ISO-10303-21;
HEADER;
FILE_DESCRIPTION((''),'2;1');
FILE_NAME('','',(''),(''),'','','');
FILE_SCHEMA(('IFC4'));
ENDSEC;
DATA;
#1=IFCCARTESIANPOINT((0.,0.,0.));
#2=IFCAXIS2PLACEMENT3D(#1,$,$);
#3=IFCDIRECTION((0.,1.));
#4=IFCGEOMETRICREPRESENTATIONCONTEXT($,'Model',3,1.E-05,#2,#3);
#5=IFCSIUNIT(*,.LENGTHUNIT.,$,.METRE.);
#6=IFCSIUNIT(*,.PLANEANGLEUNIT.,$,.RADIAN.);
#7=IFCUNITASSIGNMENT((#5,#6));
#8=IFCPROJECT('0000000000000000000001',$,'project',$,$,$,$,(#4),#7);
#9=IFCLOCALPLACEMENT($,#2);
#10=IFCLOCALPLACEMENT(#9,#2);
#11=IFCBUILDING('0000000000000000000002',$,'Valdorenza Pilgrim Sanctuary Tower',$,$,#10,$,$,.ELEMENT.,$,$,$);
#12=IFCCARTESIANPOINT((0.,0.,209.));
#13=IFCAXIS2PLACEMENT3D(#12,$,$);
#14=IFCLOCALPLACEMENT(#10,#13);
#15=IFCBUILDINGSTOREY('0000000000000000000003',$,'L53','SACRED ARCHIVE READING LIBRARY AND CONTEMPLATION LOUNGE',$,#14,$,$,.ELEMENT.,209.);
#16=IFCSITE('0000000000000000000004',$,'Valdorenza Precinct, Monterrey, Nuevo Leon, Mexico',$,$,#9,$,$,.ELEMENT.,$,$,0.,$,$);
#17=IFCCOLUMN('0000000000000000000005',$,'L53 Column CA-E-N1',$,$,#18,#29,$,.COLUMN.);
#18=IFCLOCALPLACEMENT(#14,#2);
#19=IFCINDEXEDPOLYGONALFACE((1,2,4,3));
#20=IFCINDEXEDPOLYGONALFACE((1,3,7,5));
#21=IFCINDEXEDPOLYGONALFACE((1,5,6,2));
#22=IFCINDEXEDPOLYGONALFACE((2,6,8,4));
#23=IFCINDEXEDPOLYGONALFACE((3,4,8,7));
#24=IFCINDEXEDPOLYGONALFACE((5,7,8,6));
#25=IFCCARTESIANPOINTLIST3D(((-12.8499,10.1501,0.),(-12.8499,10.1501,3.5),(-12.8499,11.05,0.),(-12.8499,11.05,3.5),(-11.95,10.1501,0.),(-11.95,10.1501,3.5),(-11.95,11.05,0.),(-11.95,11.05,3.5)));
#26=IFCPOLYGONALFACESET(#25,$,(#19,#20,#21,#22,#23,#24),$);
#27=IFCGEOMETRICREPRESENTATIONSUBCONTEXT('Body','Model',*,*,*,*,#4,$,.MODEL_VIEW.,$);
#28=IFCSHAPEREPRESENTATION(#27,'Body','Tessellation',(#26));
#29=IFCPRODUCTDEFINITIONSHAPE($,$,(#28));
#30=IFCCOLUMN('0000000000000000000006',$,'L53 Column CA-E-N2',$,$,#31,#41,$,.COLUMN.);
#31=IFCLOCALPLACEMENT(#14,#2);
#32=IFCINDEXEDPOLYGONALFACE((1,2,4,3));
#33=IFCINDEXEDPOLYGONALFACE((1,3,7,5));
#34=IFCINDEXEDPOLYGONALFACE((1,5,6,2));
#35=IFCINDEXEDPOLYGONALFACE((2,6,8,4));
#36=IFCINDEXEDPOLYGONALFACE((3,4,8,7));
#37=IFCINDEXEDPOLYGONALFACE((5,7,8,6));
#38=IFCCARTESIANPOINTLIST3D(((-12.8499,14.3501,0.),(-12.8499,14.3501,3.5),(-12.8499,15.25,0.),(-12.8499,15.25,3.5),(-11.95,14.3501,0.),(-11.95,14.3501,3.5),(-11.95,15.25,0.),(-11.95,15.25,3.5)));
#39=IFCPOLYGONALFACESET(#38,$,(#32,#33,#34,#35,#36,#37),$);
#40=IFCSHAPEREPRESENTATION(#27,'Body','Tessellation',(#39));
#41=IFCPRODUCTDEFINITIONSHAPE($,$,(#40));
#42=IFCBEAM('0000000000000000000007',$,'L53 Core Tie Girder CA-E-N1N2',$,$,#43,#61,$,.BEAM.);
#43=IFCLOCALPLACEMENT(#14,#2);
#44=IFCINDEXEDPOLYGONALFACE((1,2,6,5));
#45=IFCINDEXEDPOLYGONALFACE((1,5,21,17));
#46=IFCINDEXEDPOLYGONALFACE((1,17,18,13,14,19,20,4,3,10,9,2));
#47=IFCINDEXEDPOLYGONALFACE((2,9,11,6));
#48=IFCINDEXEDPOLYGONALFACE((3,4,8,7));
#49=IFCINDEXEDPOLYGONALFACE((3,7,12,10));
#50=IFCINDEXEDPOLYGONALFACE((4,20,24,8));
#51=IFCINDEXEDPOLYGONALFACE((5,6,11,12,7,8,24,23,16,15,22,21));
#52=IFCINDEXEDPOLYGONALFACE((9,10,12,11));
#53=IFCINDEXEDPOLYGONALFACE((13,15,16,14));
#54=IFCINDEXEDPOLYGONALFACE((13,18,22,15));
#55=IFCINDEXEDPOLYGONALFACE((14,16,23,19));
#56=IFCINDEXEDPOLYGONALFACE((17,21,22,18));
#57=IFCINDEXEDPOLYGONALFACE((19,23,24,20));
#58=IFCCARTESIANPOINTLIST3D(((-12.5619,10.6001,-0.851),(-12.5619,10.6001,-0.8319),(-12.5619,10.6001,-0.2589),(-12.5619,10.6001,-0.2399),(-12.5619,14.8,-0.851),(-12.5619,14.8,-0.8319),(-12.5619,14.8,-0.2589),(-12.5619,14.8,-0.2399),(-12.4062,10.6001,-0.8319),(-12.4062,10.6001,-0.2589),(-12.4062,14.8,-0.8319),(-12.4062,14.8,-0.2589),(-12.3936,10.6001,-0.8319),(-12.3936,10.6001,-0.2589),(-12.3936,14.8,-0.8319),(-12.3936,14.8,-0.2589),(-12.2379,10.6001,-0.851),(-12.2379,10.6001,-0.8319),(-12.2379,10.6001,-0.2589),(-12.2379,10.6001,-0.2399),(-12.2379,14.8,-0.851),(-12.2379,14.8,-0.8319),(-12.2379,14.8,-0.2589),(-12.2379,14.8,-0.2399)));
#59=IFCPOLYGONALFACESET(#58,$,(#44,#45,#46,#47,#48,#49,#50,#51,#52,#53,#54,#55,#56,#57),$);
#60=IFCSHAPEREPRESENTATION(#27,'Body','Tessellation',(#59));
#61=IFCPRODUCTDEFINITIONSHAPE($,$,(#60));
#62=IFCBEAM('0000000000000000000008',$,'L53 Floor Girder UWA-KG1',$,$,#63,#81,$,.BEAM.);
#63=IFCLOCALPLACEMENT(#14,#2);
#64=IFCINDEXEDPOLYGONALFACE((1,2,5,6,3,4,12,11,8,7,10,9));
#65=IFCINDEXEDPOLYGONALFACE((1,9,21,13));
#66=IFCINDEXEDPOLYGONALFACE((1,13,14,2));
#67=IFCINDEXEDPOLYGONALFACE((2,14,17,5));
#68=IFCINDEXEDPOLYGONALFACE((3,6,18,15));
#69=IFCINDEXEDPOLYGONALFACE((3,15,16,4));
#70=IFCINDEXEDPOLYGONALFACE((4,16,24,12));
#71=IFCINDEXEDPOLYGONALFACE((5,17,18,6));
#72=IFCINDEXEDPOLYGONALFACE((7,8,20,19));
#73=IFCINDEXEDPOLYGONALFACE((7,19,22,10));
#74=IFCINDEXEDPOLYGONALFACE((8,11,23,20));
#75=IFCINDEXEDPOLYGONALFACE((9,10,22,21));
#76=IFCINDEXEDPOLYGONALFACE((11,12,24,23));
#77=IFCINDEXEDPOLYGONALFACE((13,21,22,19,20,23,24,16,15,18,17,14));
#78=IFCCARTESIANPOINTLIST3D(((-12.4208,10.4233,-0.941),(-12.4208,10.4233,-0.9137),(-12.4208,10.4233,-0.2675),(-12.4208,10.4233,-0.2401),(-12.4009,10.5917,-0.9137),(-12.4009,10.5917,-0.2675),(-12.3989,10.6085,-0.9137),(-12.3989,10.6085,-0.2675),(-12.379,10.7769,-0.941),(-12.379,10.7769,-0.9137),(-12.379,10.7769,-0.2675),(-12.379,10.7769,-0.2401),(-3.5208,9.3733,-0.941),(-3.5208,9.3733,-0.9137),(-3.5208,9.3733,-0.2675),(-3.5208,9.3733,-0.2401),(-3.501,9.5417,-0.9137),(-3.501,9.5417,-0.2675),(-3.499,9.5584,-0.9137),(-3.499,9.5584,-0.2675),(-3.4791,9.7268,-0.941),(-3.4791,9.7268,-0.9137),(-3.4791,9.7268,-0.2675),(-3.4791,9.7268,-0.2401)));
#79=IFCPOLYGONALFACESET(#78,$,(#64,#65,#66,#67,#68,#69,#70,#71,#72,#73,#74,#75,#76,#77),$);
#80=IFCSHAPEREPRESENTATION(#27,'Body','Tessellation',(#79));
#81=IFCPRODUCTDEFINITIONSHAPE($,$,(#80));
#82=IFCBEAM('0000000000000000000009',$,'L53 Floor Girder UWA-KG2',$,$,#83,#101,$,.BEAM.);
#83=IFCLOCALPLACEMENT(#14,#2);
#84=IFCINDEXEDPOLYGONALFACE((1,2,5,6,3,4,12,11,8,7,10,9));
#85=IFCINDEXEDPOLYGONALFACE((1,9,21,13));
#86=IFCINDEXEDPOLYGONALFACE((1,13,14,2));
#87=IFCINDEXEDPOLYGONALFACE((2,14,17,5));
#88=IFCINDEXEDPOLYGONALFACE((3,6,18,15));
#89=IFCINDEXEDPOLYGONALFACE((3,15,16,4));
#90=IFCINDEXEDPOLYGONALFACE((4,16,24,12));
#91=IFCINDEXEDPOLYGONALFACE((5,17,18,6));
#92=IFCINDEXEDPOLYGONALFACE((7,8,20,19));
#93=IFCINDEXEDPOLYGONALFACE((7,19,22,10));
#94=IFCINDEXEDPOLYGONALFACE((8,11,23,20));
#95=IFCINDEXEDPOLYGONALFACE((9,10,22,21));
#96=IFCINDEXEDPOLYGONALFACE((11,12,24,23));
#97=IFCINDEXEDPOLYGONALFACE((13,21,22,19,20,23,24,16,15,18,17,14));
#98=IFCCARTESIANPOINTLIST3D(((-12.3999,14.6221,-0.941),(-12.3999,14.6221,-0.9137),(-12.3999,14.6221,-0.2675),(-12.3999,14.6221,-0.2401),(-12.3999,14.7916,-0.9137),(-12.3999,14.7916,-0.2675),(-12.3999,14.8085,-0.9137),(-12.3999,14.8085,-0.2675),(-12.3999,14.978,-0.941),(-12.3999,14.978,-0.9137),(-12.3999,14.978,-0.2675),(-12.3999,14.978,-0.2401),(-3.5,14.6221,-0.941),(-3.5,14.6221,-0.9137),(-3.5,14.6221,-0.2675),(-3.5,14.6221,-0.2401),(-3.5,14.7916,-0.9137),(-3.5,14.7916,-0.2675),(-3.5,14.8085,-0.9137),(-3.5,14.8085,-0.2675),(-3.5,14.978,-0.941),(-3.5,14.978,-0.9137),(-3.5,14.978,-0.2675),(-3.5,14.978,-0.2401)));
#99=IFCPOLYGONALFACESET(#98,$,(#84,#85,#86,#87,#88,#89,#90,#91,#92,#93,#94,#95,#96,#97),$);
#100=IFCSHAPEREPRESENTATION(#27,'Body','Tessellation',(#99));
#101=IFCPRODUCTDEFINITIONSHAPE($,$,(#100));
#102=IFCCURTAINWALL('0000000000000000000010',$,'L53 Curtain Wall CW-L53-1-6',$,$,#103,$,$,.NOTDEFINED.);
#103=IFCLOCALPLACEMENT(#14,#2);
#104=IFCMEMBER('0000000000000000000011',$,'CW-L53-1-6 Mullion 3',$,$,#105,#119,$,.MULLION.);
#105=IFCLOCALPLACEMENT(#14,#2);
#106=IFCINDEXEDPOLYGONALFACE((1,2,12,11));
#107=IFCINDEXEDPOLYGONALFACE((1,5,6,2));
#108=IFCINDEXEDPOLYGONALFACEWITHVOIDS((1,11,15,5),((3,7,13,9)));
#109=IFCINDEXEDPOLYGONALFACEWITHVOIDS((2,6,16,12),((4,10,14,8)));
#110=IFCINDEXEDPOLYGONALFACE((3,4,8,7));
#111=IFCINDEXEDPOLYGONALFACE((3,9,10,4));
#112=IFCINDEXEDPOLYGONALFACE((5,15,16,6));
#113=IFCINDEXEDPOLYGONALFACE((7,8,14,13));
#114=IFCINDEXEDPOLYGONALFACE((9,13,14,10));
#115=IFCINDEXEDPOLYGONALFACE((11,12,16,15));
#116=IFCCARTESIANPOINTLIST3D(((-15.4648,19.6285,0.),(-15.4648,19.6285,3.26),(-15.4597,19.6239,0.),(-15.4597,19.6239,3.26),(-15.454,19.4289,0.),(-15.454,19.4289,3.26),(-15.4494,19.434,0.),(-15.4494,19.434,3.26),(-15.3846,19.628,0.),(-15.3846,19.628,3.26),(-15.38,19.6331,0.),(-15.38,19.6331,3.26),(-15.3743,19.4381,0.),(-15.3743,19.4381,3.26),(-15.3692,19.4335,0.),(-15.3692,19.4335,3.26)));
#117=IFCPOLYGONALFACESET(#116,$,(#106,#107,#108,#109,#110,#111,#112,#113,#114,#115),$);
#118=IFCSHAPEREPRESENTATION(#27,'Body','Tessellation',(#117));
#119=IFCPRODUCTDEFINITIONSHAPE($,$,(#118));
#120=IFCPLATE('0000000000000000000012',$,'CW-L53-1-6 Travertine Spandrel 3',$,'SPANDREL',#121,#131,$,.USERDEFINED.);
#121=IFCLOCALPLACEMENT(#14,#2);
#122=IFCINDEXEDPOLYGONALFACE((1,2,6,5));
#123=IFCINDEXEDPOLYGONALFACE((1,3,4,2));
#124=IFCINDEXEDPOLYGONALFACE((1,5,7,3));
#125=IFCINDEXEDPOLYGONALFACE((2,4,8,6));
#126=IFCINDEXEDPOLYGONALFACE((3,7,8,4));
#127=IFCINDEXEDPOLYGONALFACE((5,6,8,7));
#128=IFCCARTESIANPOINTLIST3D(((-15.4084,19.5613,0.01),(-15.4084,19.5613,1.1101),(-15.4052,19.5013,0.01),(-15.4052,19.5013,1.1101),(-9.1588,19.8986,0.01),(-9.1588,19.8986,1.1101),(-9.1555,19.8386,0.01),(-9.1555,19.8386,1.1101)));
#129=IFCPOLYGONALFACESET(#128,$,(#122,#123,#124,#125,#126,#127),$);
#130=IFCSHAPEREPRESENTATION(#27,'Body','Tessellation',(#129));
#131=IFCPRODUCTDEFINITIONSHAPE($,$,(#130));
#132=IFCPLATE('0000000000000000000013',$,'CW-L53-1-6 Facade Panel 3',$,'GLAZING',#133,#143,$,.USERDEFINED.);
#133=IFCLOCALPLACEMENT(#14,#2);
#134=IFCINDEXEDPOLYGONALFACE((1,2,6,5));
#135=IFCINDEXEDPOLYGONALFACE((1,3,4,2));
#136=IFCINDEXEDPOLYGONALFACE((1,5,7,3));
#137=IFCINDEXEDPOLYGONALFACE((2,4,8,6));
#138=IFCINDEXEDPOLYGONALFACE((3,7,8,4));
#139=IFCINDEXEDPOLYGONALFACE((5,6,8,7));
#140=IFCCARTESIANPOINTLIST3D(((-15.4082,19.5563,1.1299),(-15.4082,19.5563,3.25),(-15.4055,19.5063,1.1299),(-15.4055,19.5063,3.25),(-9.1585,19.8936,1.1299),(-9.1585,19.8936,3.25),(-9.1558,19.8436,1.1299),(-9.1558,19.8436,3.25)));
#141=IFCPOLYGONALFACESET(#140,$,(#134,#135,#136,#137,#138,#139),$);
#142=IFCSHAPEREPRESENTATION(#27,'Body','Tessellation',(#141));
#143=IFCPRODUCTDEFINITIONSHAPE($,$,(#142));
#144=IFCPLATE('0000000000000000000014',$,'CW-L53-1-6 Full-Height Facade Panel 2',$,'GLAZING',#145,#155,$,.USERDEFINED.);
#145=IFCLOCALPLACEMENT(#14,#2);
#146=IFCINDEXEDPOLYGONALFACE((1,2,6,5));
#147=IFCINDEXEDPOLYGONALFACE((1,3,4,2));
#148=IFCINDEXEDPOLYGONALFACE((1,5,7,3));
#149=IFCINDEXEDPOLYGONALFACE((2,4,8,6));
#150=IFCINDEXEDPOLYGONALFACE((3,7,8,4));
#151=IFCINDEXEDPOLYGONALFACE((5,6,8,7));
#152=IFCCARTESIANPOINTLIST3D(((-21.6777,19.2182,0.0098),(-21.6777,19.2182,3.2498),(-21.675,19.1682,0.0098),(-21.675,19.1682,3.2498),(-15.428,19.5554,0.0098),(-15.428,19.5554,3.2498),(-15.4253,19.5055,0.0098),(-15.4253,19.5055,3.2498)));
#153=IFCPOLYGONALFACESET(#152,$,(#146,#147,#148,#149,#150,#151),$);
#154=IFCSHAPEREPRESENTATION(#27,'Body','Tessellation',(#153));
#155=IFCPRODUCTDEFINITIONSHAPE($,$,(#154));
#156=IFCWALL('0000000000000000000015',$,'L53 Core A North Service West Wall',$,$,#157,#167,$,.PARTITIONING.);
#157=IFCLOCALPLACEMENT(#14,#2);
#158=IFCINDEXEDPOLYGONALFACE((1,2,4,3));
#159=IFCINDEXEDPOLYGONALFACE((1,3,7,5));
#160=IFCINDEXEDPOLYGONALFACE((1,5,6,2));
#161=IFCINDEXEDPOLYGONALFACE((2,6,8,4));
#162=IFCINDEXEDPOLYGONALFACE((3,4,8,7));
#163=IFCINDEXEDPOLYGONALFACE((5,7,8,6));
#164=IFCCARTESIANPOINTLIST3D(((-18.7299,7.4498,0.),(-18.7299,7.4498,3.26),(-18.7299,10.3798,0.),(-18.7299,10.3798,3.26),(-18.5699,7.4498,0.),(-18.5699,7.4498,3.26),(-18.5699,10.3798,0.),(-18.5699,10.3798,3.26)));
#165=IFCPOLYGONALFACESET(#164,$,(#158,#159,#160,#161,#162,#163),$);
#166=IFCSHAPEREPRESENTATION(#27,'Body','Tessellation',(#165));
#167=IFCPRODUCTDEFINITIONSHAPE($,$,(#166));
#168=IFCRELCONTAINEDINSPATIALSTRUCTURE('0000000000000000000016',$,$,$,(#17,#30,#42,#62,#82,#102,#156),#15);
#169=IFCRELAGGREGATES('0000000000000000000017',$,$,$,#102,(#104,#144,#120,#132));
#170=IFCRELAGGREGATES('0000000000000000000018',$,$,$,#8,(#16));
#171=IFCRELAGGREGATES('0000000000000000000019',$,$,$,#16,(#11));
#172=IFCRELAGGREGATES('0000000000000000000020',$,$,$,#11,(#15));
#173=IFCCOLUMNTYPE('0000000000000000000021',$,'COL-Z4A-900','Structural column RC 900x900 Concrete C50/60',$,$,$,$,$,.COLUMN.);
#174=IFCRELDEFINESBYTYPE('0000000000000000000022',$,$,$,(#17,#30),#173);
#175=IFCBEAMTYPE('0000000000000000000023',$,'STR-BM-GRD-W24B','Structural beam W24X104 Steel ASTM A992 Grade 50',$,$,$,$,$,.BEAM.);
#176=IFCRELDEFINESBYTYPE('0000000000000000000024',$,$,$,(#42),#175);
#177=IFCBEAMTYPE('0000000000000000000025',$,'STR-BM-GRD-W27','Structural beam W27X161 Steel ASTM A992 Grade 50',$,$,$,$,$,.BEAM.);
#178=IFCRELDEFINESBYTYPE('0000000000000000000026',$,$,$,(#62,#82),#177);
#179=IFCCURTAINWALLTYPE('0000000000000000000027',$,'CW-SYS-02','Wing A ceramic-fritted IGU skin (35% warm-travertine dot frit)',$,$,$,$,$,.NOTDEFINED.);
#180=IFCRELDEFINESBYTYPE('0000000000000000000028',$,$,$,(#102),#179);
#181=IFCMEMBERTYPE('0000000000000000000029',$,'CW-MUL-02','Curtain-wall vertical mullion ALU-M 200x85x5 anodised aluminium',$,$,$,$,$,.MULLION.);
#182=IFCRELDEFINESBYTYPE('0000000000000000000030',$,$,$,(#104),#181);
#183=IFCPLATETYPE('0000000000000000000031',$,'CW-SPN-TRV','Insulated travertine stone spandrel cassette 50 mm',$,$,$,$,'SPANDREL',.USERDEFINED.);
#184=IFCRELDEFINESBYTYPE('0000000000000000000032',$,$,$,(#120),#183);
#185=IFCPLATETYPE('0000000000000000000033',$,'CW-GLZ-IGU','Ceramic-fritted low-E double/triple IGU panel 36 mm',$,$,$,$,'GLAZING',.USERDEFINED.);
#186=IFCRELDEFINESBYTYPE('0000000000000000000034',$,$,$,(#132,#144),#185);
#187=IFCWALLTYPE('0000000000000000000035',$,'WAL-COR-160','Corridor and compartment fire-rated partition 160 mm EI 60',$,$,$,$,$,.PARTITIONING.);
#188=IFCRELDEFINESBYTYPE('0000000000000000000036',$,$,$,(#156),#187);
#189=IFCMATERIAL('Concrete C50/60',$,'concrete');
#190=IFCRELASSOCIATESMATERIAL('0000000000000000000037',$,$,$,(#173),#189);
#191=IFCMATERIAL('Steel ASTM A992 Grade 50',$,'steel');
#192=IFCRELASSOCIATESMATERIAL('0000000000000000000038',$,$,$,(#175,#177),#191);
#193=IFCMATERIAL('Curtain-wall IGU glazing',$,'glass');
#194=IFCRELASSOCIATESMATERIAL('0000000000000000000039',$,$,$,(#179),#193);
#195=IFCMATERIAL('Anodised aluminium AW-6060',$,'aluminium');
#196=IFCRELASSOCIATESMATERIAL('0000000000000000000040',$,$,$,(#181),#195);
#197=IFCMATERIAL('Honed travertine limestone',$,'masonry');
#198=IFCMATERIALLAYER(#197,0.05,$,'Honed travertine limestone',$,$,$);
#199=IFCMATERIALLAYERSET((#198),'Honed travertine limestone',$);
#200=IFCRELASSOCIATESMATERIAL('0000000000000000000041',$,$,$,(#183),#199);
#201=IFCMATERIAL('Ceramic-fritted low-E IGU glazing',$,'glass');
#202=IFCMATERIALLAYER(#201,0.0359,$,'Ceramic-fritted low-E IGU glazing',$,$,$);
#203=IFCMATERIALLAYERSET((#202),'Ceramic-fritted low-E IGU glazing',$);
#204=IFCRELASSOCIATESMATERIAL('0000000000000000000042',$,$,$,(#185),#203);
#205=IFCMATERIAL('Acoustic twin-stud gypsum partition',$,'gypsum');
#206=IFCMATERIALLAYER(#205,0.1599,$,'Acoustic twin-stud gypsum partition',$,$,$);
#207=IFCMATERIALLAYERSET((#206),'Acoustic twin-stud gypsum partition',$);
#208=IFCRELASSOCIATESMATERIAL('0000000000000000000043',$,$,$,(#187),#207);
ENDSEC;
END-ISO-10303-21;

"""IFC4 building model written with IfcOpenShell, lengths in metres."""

from ifc_helpers import new_model, si_unit, direction, frame, frame_2d, origin, origin_2d, place, context, subcontext, project, spatial, rectangle, hollow_rectangle, i_section, extrude, source, transform, mapped, material, layer, layer_set, material_profile, profile_set, type_object, element, aggregate, save


model = new_model("IFC4")

# Units and contexts
model_context = context("Model", 3, precision=1e-05, world=origin(), true_north=direction((0.0, 1.0)))
body_context = subcontext(model_context, "Body", "Model", "MODEL_VIEW")
ifc_project = project(units=[si_unit("LENGTHUNIT", "METRE"), si_unit("PLANEANGLEUNIT", "RADIAN")], contexts=[model_context])

# Site, building, storey
site_placement = place(None, origin())
site = spatial("IfcSite", under=ifc_project, at=site_placement, Name="Valdorenza Precinct, Monterrey, Nuevo Leon, Mexico", CompositionType="ELEMENT", RefElevation=0.0)
building_placement = place(site_placement, origin())
building = spatial("IfcBuilding", under=site, at=building_placement, Name="Valdorenza Pilgrim Sanctuary Tower", CompositionType="ELEMENT")
storey_placement = place(building_placement, frame((0.0, 0.0, 209.0)))
storey = spatial("IfcBuildingStorey", under=building, at=storey_placement, Name="L53", Description="SACRED ARCHIVE READING LIBRARY AND CONTEMPLATION LOUNGE", CompositionType="ELEMENT", Elevation=209.0)

# Columns
ifc_material_1 = material(Name="Concrete C50/60", Category="concrete")
ifc_material_profile_1 = material_profile(ifc_material_1, rectangle(XDim=0.8999, YDim=0.8999, at=origin_2d()), Name="RC 900x900")
ifc_profile_set_1 = profile_set([ifc_material_profile_1], Name="Concrete C50/60")
column_type = type_object("IfcColumnType", Name="COL-Z4A-900", Description="Structural column RC 900x900 Concrete C50/60", PredefinedType="COLUMN", material=ifc_profile_set_1)
shared_shape_1 = source(origin(), body_context, "Body", "SweptSolid", [
    extrude(rectangle(XDim=0.8999, YDim=0.8999, at=origin_2d()), origin(), (0.0, 0.0, 1.0), 3.5),
])
for number, where, z_axis, x_axis, name in (
    (1, (-12.3999, 10.6001, 0.0), (0.0, 0.0, 1.0), (1.0, 0.0, 0.0), "L53 Column CA-E-N1"),
    (2, (-12.3999, 14.8, 0.0), (0.0, 0.0, 1.0), (1.0, 0.0, 0.0), "L53 Column CA-E-N2"),
):
    element("IfcColumn", number, at=place(storey_placement, frame(where, z_axis=z_axis, x_axis=x_axis)), inside=storey, type_object=column_type, Name=name, PredefinedType="COLUMN", context=body_context, shape_type="MappedRepresentation", body=[
        mapped(shared_shape_1, transform((0.0, 0.0, 0.0), x_axis=(1.0, 0.0, 0.0), y_axis=(0.0, 1.0, 0.0), z_axis=(0.0, 0.0, 1.0), scale=1.0)),
    ])

# Beams
ifc_material_2 = material(Name="Steel ASTM A992 Grade 50", Category="steel")
ifc_material_profile_2 = material_profile(ifc_material_2, i_section(OverallWidth=0.324, OverallDepth=0.6111, WebThickness=0.0127, FlangeThickness=0.019, at=origin_2d()), Name="W24X104")
ifc_profile_set_2 = profile_set([ifc_material_profile_2], Name="Steel ASTM A992 Grade 50")
beam_type_1 = type_object("IfcBeamType", Name="STR-BM-GRD-W24B", Description="Structural beam W24X104 Steel ASTM A992 Grade 50", PredefinedType="BEAM", material=ifc_profile_set_2)
shared_shape_2 = source(origin(), body_context, "Body", "SweptSolid", [
    extrude(i_section(OverallWidth=0.324, OverallDepth=0.6111, WebThickness=0.0127, FlangeThickness=0.019, at=origin_2d()), origin(), (0.0, 0.0, 1.0), 4.2),
])
beam_1_placement = place(storey_placement, frame((-12.3999, 10.6001, -0.5454), z_axis=(0.0, 1.0, 0.0), x_axis=(-1.0, 0.0, 0.0)))
element("IfcBeam", 3, at=beam_1_placement, inside=storey, type_object=beam_type_1, Name="L53 Core Tie Girder CA-E-N1N2", PredefinedType="BEAM", context=body_context, shape_type="MappedRepresentation", body=[
    mapped(shared_shape_2, transform((0.0, 0.0, 0.0), x_axis=(1.0, 0.0, 0.0), y_axis=(0.0, 1.0, 0.0), z_axis=(0.0, 0.0, 1.0), scale=1.0)),
])
ifc_material_profile_3 = material_profile(ifc_material_2, i_section(OverallWidth=0.356, OverallDepth=0.7009, WebThickness=0.0168, FlangeThickness=0.0273, at=origin_2d()), Name="W27X161")
ifc_profile_set_3 = profile_set([ifc_material_profile_3], Name="Steel ASTM A992 Grade 50")
beam_type_2 = type_object("IfcBeamType", Name="STR-BM-GRD-W27", Description="Structural beam W27X161 Steel ASTM A992 Grade 50", PredefinedType="BEAM", material=ifc_profile_set_3)
shared_shape_3 = source(origin(), body_context, "Body", "SweptSolid", [
    extrude(i_section(OverallWidth=0.356, OverallDepth=0.7009, WebThickness=0.0168, FlangeThickness=0.0273, at=origin_2d()), origin(), (0.0, 0.0, 1.0), 8.9617),
])
beam_2_placement = place(storey_placement, frame((-12.3999, 10.6001, -0.5906), z_axis=(0.993112, -0.117172, 0.0), x_axis=(0.117172, 0.993112, 0.0)))
element("IfcBeam", 4, at=beam_2_placement, inside=storey, type_object=beam_type_2, Name="L53 Floor Girder UWA-KG1", PredefinedType="BEAM", context=body_context, shape_type="MappedRepresentation", body=[
    mapped(shared_shape_3, transform((0.0, 0.0, 0.0), x_axis=(1.0, 0.0, 0.0), y_axis=(0.0, 1.0, 0.0), z_axis=(0.0, 0.0, 1.0), scale=1.0)),
])
shared_shape_4 = source(origin(), body_context, "Body", "SweptSolid", [
    extrude(i_section(OverallWidth=0.356, OverallDepth=0.7009, WebThickness=0.0168, FlangeThickness=0.0273, at=origin_2d()), origin(), (0.0, 0.0, 1.0), 8.8999),
])
beam_3_placement = place(storey_placement, frame((-12.3999, 14.8, -0.5906), z_axis=(1.0, 0.0, 0.0), x_axis=(0.0, 1.0, 0.0)))
element("IfcBeam", 5, at=beam_3_placement, inside=storey, type_object=beam_type_2, Name="L53 Floor Girder UWA-KG2", PredefinedType="BEAM", context=body_context, shape_type="MappedRepresentation", body=[
    mapped(shared_shape_4, transform((0.0, 0.0, 0.0), x_axis=(1.0, 0.0, 0.0), y_axis=(0.0, 1.0, 0.0), z_axis=(0.0, 0.0, 1.0), scale=1.0)),
])

# Curtain wall, member, plates
ifc_material_3 = material(Name="Curtain-wall IGU glazing", Category="glass")
curtain_wall_type = type_object("IfcCurtainWallType", Name="CW-SYS-02", Description="Wing A ceramic-fritted IGU skin (35% warm-travertine dot frit)", PredefinedType="NOTDEFINED", material=ifc_material_3)
curtain_wall_placement = place(storey_placement, origin())
curtain_wall = element("IfcCurtainWall", 6, at=curtain_wall_placement, inside=storey, type_object=curtain_wall_type, Name="L53 Curtain Wall CW-L53-1-6", PredefinedType="NOTDEFINED")
ifc_material_4 = material(Name="Anodised aluminium AW-6060", Category="aluminium")
ifc_material_profile_4 = material_profile(ifc_material_4, hollow_rectangle(XDim=0.085, YDim=0.2, WallThickness=0.0049, at=origin_2d()), Name="ALU-M 200x85x5")
ifc_profile_set_4 = profile_set([ifc_material_profile_4], Name="Anodised aluminium AW-6060")
member_type = type_object("IfcMemberType", Name="CW-MUL-02", Description="Curtain-wall vertical mullion ALU-M 200x85x5 anodised aluminium", PredefinedType="MULLION", material=ifc_profile_set_4)
shared_shape_5 = source(origin(), body_context, "Body", "SweptSolid", [
    extrude(hollow_rectangle(XDim=0.085, YDim=0.2, WallThickness=0.0049, at=origin_2d()), origin(), (0.0, 0.0, 1.0), 3.26),
])
member_placement = place(storey_placement, frame((-15.417, 19.531, 0.0), z_axis=(0.0, 0.0, 1.0), x_axis=(0.998547, 0.053887, 0.0)))
member = element("IfcMember", 7, at=member_placement, type_object=member_type, Name="CW-L53-1-6 Mullion 3", PredefinedType="MULLION", context=body_context, shape_type="MappedRepresentation", body=[
    mapped(shared_shape_5, transform((0.0, 0.0, 0.0), x_axis=(1.0, 0.0, 0.0), y_axis=(0.0, 1.0, 0.0), z_axis=(0.0, 0.0, 1.0), scale=1.0)),
])
ifc_material_5 = material(Name="Honed travertine limestone", Category="masonry")
ifc_layer_1 = layer(ifc_material_5, 0.05, Name="Honed travertine limestone")
ifc_layer_set_1 = layer_set([ifc_layer_1], Name="Honed travertine limestone")
plate_type_1 = type_object("IfcPlateType", Name="CW-SPN-TRV", Description="Insulated travertine stone spandrel cassette 50 mm", ElementType="SPANDREL", PredefinedType="USERDEFINED", material=ifc_layer_set_1)
shared_shape_6 = source(origin(), body_context, "Body", "SweptSolid", [
    extrude(rectangle(XDim=6.2588, YDim=0.0601, at=origin_2d()), origin(), (0.0, 0.0, 1.0), 1.1001),
])
plate_1_placement = place(storey_placement, frame((-12.282, 19.7, 0.01), z_axis=(0.0, 0.0, 1.0), x_axis=(0.998547, 0.053887, 0.0)))
plate_1 = element("IfcPlate", 8, at=plate_1_placement, type_object=plate_type_1, Name="CW-L53-1-6 Travertine Spandrel 3", ObjectType="SPANDREL", PredefinedType="USERDEFINED", context=body_context, shape_type="MappedRepresentation", body=[
    mapped(shared_shape_6, transform((0.0, 0.0, 0.0), x_axis=(1.0, 0.0, 0.0), y_axis=(0.0, 1.0, 0.0), z_axis=(0.0, 0.0, 1.0), scale=1.0)),
])
ifc_material_6 = material(Name="Ceramic-fritted low-E IGU glazing", Category="glass")
ifc_layer_2 = layer(ifc_material_6, 0.0359, Name="Ceramic-fritted low-E IGU glazing")
ifc_layer_set_2 = layer_set([ifc_layer_2], Name="Ceramic-fritted low-E IGU glazing")
plate_type_2 = type_object("IfcPlateType", Name="CW-GLZ-IGU", Description="Ceramic-fritted low-E double/triple IGU panel 36 mm", ElementType="GLAZING", PredefinedType="USERDEFINED", material=ifc_layer_set_2)
shared_shape_7 = source(origin(), body_context, "Body", "SweptSolid", [
    extrude(rectangle(XDim=6.2588, YDim=0.05, at=origin_2d()), origin(), (0.0, 0.0, 1.0), 2.1201),
])
plate_2_placement = place(storey_placement, frame((-12.282, 19.7, 1.1299), z_axis=(0.0, 0.0, 1.0), x_axis=(0.998547, 0.053887, 0.0)))
plate_2 = element("IfcPlate", 9, at=plate_2_placement, type_object=plate_type_2, Name="CW-L53-1-6 Facade Panel 3", ObjectType="GLAZING", PredefinedType="USERDEFINED", context=body_context, shape_type="MappedRepresentation", body=[
    mapped(shared_shape_7, transform((0.0, 0.0, 0.0), x_axis=(1.0, 0.0, 0.0), y_axis=(0.0, 1.0, 0.0), z_axis=(0.0, 0.0, 1.0), scale=1.0)),
])
shared_shape_8 = source(origin(), body_context, "Body", "SweptSolid", [
    extrude(rectangle(XDim=6.2588, YDim=0.05, at=origin_2d()), origin(), (0.0, 0.0, 1.0), 3.24),
])
plate_3_placement = place(storey_placement, frame((-18.5515, 19.3618, 0.0098), z_axis=(0.0, 0.0, 1.0), x_axis=(0.998547, 0.053887, 0.0)))
plate_3 = element("IfcPlate", 10, at=plate_3_placement, type_object=plate_type_2, Name="CW-L53-1-6 Full-Height Facade Panel 2", ObjectType="GLAZING", PredefinedType="USERDEFINED", context=body_context, shape_type="MappedRepresentation", body=[
    mapped(shared_shape_8, transform((0.0, 0.0, 0.0), x_axis=(1.0, 0.0, 0.0), y_axis=(0.0, 1.0, 0.0), z_axis=(0.0, 0.0, 1.0), scale=1.0)),
])
aggregate(curtain_wall, [member, plate_3, plate_1, plate_2])

# Wall
ifc_material_7 = material(Name="Acoustic twin-stud gypsum partition", Category="gypsum")
ifc_layer_3 = layer(ifc_material_7, 0.1599, Name="Acoustic twin-stud gypsum partition")
ifc_layer_set_3 = layer_set([ifc_layer_3], Name="Acoustic twin-stud gypsum partition")
wall_type_1 = type_object("IfcWallType", Name="WAL-COR-160", Description="Corridor and compartment fire-rated partition 160 mm EI 60", PredefinedType="PARTITIONING", material=ifc_layer_set_3)
wall_1_placement = place(storey_placement, frame((-18.6499, 7.45, 0.0), z_axis=(0.0, 0.0, 1.0), x_axis=(0.0, 1.0, 0.0)))
element("IfcWall", 11, at=wall_1_placement, inside=storey, type_object=wall_type_1, Name="L53 Core A North Service West Wall", PredefinedType="PARTITIONING", context=body_context, shape_type="SweptSolid", body=[
    extrude(rectangle(XDim=2.9299, YDim=0.1599, at=frame_2d((1.4648, 0.0))), origin(), (0.0, 0.0, 1.0), 3.26),
])

save(model, "model.ifc")
